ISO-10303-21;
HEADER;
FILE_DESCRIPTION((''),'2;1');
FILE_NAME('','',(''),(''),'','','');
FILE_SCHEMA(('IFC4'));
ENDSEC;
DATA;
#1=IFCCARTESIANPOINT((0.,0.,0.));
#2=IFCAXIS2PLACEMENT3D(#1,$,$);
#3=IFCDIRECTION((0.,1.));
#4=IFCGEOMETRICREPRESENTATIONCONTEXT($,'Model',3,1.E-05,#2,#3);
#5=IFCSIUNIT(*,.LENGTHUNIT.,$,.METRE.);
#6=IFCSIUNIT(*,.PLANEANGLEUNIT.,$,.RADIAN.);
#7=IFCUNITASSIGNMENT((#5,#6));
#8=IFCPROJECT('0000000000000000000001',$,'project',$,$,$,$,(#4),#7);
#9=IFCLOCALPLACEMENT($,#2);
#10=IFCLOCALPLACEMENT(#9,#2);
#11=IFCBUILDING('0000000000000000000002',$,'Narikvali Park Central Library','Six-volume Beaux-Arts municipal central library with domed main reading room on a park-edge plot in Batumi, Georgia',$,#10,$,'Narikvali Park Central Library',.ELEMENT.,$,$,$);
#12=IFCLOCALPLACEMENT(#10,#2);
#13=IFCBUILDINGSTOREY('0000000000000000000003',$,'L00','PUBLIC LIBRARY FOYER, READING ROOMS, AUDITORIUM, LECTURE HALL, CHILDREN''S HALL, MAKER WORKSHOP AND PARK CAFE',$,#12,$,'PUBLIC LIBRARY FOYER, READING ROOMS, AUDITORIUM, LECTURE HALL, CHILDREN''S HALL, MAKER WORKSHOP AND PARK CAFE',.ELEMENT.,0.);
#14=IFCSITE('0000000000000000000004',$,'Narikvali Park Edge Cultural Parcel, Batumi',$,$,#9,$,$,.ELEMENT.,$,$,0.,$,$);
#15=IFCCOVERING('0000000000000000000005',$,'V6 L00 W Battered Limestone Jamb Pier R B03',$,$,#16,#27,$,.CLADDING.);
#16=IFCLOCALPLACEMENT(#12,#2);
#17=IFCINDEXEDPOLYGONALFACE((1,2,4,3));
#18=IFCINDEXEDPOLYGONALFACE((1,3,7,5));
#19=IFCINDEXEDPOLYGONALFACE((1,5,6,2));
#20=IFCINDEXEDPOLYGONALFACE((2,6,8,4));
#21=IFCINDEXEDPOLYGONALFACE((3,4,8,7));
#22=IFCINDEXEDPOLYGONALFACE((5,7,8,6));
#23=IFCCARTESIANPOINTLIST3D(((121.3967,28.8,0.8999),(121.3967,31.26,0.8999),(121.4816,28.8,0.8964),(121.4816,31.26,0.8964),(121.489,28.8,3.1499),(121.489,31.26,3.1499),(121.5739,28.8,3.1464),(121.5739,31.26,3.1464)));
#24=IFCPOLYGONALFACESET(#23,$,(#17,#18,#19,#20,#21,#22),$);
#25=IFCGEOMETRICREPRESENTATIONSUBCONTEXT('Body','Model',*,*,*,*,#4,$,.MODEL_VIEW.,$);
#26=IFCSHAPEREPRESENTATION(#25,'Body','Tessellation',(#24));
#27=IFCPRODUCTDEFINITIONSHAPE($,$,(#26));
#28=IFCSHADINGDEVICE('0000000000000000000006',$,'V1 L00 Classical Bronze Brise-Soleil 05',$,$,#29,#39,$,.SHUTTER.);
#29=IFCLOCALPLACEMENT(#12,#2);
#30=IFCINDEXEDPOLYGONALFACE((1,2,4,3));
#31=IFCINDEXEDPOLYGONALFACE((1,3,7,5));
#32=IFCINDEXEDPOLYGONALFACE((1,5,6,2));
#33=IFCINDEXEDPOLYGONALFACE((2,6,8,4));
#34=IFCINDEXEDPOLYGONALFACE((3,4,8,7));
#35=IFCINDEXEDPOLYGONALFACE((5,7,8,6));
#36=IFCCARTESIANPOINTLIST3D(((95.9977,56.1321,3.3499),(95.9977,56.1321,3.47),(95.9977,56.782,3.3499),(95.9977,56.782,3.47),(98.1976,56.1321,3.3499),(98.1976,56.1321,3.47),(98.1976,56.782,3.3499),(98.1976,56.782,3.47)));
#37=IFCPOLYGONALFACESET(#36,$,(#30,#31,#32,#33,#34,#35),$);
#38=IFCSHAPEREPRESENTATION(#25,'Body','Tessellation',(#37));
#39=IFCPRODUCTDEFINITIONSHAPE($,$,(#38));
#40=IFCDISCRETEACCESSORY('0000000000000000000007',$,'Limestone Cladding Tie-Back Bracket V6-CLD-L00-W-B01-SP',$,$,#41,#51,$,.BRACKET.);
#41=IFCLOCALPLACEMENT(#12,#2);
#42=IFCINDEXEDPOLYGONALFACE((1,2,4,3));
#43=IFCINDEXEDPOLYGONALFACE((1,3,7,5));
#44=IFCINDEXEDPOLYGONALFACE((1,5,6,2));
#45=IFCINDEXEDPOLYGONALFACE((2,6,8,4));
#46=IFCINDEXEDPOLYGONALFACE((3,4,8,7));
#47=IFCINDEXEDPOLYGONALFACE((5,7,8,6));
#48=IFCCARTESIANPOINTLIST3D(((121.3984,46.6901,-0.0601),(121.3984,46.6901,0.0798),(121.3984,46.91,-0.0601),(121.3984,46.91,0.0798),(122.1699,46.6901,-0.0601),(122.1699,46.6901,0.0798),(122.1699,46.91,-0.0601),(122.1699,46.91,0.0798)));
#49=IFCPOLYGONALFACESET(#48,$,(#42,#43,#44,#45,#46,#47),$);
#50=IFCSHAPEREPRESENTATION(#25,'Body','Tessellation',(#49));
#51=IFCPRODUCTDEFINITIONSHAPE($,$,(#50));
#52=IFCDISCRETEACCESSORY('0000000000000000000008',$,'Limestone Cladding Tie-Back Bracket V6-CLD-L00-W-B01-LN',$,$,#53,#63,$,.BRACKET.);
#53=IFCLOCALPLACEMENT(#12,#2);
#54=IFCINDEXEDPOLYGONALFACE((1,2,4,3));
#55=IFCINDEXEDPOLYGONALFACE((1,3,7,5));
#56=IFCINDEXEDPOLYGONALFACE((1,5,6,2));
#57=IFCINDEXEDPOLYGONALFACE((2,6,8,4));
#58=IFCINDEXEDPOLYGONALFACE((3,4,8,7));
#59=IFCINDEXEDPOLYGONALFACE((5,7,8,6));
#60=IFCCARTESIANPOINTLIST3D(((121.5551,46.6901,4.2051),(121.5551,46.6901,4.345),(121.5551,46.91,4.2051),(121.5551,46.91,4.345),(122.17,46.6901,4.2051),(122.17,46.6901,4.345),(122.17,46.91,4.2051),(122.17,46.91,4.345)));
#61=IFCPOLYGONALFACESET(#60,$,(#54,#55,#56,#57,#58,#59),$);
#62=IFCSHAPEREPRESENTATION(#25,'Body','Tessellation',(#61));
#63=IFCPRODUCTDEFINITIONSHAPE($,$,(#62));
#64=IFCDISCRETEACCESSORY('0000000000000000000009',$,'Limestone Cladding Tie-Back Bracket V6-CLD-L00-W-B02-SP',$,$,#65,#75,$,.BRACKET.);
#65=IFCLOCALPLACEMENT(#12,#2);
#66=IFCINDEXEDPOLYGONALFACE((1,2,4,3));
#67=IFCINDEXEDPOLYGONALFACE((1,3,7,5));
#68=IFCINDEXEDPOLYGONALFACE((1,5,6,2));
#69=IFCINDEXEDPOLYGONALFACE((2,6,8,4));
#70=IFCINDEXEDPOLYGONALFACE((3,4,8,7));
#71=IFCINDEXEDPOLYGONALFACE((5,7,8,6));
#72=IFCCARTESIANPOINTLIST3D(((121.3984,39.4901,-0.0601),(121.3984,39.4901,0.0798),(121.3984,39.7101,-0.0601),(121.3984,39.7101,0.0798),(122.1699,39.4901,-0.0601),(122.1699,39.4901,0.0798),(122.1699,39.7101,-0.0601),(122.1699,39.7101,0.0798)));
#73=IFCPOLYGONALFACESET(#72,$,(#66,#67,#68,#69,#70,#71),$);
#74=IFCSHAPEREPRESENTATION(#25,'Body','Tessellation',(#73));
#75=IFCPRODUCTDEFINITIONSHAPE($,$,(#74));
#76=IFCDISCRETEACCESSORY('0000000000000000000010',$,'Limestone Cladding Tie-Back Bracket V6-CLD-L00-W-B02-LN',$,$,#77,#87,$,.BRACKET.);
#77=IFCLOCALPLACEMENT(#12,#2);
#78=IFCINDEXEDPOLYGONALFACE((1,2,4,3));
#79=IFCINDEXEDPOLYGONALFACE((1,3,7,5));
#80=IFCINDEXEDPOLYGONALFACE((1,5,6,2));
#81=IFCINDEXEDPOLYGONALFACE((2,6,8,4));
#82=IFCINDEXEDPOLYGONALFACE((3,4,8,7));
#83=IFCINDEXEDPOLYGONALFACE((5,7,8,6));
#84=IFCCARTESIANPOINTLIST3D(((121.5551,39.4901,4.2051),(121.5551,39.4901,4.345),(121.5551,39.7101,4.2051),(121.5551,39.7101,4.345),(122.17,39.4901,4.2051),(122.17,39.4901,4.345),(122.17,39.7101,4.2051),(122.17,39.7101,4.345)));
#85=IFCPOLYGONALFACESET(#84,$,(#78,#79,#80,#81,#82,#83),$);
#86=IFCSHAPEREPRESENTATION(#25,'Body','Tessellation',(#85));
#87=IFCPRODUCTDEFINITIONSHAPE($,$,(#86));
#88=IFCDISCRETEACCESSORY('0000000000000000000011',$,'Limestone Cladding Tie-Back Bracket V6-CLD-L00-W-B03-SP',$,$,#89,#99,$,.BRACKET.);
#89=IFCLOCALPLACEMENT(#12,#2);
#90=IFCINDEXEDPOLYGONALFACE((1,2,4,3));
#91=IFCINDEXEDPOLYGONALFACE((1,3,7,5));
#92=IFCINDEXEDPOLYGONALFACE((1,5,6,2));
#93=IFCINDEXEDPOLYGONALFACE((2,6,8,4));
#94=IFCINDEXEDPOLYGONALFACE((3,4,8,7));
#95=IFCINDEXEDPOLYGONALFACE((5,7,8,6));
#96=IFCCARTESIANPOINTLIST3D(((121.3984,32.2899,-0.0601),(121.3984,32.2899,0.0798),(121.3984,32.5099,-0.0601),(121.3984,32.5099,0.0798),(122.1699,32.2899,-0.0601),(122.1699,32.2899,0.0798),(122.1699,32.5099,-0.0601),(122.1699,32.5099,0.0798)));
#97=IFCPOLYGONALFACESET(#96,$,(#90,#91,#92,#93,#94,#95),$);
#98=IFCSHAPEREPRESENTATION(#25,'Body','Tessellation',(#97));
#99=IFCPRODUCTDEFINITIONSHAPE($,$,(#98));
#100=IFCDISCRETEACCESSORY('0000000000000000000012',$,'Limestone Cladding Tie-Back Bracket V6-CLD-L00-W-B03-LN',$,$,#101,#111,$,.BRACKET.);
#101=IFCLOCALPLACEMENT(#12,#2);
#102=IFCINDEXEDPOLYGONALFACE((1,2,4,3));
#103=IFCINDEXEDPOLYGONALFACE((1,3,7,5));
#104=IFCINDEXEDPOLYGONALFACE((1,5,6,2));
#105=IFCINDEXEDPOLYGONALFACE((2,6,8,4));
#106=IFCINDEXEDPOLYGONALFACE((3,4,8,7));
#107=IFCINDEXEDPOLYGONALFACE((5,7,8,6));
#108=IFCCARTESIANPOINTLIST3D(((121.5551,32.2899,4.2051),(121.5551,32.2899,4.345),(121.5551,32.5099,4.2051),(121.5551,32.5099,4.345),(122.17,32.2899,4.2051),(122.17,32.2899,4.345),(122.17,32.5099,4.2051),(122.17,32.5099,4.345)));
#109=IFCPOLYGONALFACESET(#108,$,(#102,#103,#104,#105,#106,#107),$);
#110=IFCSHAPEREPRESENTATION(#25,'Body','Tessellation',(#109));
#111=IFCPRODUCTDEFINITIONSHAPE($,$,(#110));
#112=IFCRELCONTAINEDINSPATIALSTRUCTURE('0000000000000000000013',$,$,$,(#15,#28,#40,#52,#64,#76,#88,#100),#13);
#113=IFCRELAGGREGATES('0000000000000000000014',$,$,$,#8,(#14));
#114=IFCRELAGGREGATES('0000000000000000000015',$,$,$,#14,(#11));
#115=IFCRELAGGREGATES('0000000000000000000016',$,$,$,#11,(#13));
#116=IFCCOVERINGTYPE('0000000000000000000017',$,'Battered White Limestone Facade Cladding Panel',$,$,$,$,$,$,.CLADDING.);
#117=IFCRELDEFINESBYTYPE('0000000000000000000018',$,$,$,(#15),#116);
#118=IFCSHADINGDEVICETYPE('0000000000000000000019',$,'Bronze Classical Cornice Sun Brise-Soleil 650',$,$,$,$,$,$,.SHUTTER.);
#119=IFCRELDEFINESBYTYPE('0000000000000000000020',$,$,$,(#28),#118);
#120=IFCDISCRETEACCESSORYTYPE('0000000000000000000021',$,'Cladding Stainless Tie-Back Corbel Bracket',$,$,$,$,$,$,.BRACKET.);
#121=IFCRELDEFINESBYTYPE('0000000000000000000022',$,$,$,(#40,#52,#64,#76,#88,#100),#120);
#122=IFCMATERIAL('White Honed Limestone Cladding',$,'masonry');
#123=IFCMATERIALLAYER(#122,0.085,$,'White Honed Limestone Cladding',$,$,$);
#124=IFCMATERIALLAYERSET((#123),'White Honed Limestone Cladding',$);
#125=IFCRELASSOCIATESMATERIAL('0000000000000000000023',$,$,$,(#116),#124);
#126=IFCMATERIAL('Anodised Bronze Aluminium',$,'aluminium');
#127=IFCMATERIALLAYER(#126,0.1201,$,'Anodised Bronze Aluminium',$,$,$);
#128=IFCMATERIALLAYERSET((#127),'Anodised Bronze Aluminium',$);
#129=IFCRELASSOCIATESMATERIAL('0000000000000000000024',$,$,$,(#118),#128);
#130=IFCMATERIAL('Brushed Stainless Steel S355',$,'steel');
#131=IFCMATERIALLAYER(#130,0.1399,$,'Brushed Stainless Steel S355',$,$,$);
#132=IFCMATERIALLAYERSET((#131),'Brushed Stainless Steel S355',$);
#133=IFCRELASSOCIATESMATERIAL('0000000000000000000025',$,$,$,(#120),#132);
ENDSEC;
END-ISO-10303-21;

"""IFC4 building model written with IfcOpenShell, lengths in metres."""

from ifc_helpers import new_model, si_unit, direction, frame, origin, origin_2d, place, context, subcontext, project, spatial, polyline, rectangle, outline, extrude, material, layer, layer_set, type_object, element, save


model = new_model("IFC4")

# Units and contexts
model_context = context("Model", 3, precision=1e-05, world=origin(), true_north=direction((0.0, 1.0)))
body_context = subcontext(model_context, "Body", "Model", "MODEL_VIEW")
ifc_project = project(units=[si_unit("LENGTHUNIT", "METRE"), si_unit("PLANEANGLEUNIT", "RADIAN")], contexts=[model_context])

# Site, building, storey
site_placement = place(None, origin())
site = spatial("IfcSite", under=ifc_project, at=site_placement, Name="Narikvali Park Edge Cultural Parcel, Batumi", CompositionType="ELEMENT", RefElevation=0.0)
building_placement = place(site_placement, origin())
building = spatial("IfcBuilding", under=site, at=building_placement, Name="Narikvali Park Central Library", Description="Six-volume Beaux-Arts municipal central library with domed main reading room on a park-edge plot in Batumi, Georgia", LongName="Narikvali Park Central Library", CompositionType="ELEMENT")
storey_placement = place(building_placement, origin())
storey = spatial("IfcBuildingStorey", under=building, at=storey_placement, Name="L00", Description="PUBLIC LIBRARY FOYER, READING ROOMS, AUDITORIUM, LECTURE HALL, CHILDREN'S HALL, MAKER WORKSHOP AND PARK CAFE", LongName="PUBLIC LIBRARY FOYER, READING ROOMS, AUDITORIUM, LECTURE HALL, CHILDREN'S HALL, MAKER WORKSHOP AND PARK CAFE", CompositionType="ELEMENT", Elevation=0.0)

# Covering
ifc_material_1 = material(Name="White Honed Limestone Cladding", Category="masonry")
ifc_layer_1 = layer(ifc_material_1, 0.085, Name="White Honed Limestone Cladding")
ifc_layer_set_1 = layer_set([ifc_layer_1], Name="White Honed Limestone Cladding")
covering_type = type_object("IfcCoveringType", Name="Battered White Limestone Facade Cladding Panel", PredefinedType="CLADDING", material=ifc_layer_set_1)
for number, where, z_axis, x_axis, name in (
    (1, (121.3967, 31.26, 0.8999), (-0.99916, 0.0, 0.040981), (0.0, -1.0, 0.0), "V6 L00 W Battered Limestone Jamb Pier R B03"),
):
    element("IfcCovering", number, at=place(storey_placement, frame(where, z_axis=z_axis, x_axis=x_axis)), inside=storey, type_object=covering_type, Name=name, PredefinedType="CLADDING", context=body_context, shape_type="SweptSolid", body=[
        extrude(outline(polyline([(0.0, 0.0), (2.46, 0.0), (2.46, 2.2519), (0.0, 2.2519), (0.0, 0.0)])), origin(), (0.0, 0.0, -1.0), 0.085),
    ])

# Shading device
ifc_material_2 = material(Name="Anodised Bronze Aluminium", Category="aluminium")
ifc_layer_2 = layer(ifc_material_2, 0.1201, Name="Anodised Bronze Aluminium")
ifc_layer_set_2 = layer_set([ifc_layer_2], Name="Anodised Bronze Aluminium")
shading_device_type = type_object("IfcShadingDeviceType", Name="Bronze Classical Cornice Sun Brise-Soleil 650", PredefinedType="SHUTTER", material=ifc_layer_set_2)
shading_device_placement = place(storey_placement, frame((97.0977, 56.457, 3.3499), z_axis=(0.0, 0.0, 1.0), x_axis=(1.0, 0.0, 0.0)))
element("IfcShadingDevice", 2, at=shading_device_placement, inside=storey, type_object=shading_device_type, Name="V1 L00 Classical Bronze Brise-Soleil 05", PredefinedType="SHUTTER", context=body_context, shape_type="SweptSolid", body=[
    extrude(rectangle(XDim=2.2, YDim=0.6499, at=origin_2d()), origin(), (0.0, 0.0, 1.0), 0.1201),
])

# Discrete accessories
ifc_material_3 = material(Name="Brushed Stainless Steel S355", Category="steel")
ifc_layer_3 = layer(ifc_material_3, 0.1399, Name="Brushed Stainless Steel S355")
ifc_layer_set_3 = layer_set([ifc_layer_3], Name="Brushed Stainless Steel S355")
discrete_accessory_type = type_object("IfcDiscreteAccessoryType", Name="Cladding Stainless Tie-Back Corbel Bracket", PredefinedType="BRACKET", material=ifc_layer_set_3)
discrete_accessory_1_placement = place(storey_placement, frame((121.7842, 46.8, -0.0601), z_axis=(0.0, 0.0, 1.0), x_axis=(1.0, 0.0, 0.0)))
element("IfcDiscreteAccessory", 3, at=discrete_accessory_1_placement, inside=storey, type_object=discrete_accessory_type, Name="Limestone Cladding Tie-Back Bracket V6-CLD-L00-W-B01-SP", PredefinedType="BRACKET", context=body_context, shape_type="SweptSolid", body=[
    extrude(rectangle(XDim=0.7715, YDim=0.22, at=origin_2d()), origin(), (0.0, 0.0, 1.0), 0.1399),
])
discrete_accessory_2_placement = place(storey_placement, frame((121.8625, 46.8, 4.2051), z_axis=(0.0, 0.0, 1.0), x_axis=(1.0, 0.0, 0.0)))
element("IfcDiscreteAccessory", 4, at=discrete_accessory_2_placement, inside=storey, type_object=discrete_accessory_type, Name="Limestone Cladding Tie-Back Bracket V6-CLD-L00-W-B01-LN", PredefinedType="BRACKET", context=body_context, shape_type="SweptSolid", body=[
    extrude(rectangle(XDim=0.615, YDim=0.22, at=origin_2d()), origin(), (0.0, 0.0, 1.0), 0.1399),
])
discrete_accessory_3_placement = place(storey_placement, frame((121.7842, 39.6001, -0.0601), z_axis=(0.0, 0.0, 1.0), x_axis=(1.0, 0.0, 0.0)))
element("IfcDiscreteAccessory", 5, at=discrete_accessory_3_placement, inside=storey, type_object=discrete_accessory_type, Name="Limestone Cladding Tie-Back Bracket V6-CLD-L00-W-B02-SP", PredefinedType="BRACKET", context=body_context, shape_type="SweptSolid", body=[
    extrude(rectangle(XDim=0.7715, YDim=0.22, at=origin_2d()), origin(), (0.0, 0.0, 1.0), 0.1399),
])
discrete_accessory_4_placement = place(storey_placement, frame((121.8625, 39.6001, 4.2051), z_axis=(0.0, 0.0, 1.0), x_axis=(1.0, 0.0, 0.0)))
element("IfcDiscreteAccessory", 6, at=discrete_accessory_4_placement, inside=storey, type_object=discrete_accessory_type, Name="Limestone Cladding Tie-Back Bracket V6-CLD-L00-W-B02-LN", PredefinedType="BRACKET", context=body_context, shape_type="SweptSolid", body=[
    extrude(rectangle(XDim=0.615, YDim=0.22, at=origin_2d()), origin(), (0.0, 0.0, 1.0), 0.1399),
])
discrete_accessory_5_placement = place(storey_placement, frame((121.7842, 32.3999, -0.0601), z_axis=(0.0, 0.0, 1.0), x_axis=(1.0, 0.0, 0.0)))
element("IfcDiscreteAccessory", 7, at=discrete_accessory_5_placement, inside=storey, type_object=discrete_accessory_type, Name="Limestone Cladding Tie-Back Bracket V6-CLD-L00-W-B03-SP", PredefinedType="BRACKET", context=body_context, shape_type="SweptSolid", body=[
    extrude(rectangle(XDim=0.7715, YDim=0.22, at=origin_2d()), origin(), (0.0, 0.0, 1.0), 0.1399),
])
discrete_accessory_6_placement = place(storey_placement, frame((121.8625, 32.3999, 4.2051), z_axis=(0.0, 0.0, 1.0), x_axis=(1.0, 0.0, 0.0)))
element("IfcDiscreteAccessory", 8, at=discrete_accessory_6_placement, inside=storey, type_object=discrete_accessory_type, Name="Limestone Cladding Tie-Back Bracket V6-CLD-L00-W-B03-LN", PredefinedType="BRACKET", context=body_context, shape_type="SweptSolid", body=[
    extrude(rectangle(XDim=0.615, YDim=0.22, at=origin_2d()), origin(), (0.0, 0.0, 1.0), 0.1399),
])

save(model, "model.ifc")
